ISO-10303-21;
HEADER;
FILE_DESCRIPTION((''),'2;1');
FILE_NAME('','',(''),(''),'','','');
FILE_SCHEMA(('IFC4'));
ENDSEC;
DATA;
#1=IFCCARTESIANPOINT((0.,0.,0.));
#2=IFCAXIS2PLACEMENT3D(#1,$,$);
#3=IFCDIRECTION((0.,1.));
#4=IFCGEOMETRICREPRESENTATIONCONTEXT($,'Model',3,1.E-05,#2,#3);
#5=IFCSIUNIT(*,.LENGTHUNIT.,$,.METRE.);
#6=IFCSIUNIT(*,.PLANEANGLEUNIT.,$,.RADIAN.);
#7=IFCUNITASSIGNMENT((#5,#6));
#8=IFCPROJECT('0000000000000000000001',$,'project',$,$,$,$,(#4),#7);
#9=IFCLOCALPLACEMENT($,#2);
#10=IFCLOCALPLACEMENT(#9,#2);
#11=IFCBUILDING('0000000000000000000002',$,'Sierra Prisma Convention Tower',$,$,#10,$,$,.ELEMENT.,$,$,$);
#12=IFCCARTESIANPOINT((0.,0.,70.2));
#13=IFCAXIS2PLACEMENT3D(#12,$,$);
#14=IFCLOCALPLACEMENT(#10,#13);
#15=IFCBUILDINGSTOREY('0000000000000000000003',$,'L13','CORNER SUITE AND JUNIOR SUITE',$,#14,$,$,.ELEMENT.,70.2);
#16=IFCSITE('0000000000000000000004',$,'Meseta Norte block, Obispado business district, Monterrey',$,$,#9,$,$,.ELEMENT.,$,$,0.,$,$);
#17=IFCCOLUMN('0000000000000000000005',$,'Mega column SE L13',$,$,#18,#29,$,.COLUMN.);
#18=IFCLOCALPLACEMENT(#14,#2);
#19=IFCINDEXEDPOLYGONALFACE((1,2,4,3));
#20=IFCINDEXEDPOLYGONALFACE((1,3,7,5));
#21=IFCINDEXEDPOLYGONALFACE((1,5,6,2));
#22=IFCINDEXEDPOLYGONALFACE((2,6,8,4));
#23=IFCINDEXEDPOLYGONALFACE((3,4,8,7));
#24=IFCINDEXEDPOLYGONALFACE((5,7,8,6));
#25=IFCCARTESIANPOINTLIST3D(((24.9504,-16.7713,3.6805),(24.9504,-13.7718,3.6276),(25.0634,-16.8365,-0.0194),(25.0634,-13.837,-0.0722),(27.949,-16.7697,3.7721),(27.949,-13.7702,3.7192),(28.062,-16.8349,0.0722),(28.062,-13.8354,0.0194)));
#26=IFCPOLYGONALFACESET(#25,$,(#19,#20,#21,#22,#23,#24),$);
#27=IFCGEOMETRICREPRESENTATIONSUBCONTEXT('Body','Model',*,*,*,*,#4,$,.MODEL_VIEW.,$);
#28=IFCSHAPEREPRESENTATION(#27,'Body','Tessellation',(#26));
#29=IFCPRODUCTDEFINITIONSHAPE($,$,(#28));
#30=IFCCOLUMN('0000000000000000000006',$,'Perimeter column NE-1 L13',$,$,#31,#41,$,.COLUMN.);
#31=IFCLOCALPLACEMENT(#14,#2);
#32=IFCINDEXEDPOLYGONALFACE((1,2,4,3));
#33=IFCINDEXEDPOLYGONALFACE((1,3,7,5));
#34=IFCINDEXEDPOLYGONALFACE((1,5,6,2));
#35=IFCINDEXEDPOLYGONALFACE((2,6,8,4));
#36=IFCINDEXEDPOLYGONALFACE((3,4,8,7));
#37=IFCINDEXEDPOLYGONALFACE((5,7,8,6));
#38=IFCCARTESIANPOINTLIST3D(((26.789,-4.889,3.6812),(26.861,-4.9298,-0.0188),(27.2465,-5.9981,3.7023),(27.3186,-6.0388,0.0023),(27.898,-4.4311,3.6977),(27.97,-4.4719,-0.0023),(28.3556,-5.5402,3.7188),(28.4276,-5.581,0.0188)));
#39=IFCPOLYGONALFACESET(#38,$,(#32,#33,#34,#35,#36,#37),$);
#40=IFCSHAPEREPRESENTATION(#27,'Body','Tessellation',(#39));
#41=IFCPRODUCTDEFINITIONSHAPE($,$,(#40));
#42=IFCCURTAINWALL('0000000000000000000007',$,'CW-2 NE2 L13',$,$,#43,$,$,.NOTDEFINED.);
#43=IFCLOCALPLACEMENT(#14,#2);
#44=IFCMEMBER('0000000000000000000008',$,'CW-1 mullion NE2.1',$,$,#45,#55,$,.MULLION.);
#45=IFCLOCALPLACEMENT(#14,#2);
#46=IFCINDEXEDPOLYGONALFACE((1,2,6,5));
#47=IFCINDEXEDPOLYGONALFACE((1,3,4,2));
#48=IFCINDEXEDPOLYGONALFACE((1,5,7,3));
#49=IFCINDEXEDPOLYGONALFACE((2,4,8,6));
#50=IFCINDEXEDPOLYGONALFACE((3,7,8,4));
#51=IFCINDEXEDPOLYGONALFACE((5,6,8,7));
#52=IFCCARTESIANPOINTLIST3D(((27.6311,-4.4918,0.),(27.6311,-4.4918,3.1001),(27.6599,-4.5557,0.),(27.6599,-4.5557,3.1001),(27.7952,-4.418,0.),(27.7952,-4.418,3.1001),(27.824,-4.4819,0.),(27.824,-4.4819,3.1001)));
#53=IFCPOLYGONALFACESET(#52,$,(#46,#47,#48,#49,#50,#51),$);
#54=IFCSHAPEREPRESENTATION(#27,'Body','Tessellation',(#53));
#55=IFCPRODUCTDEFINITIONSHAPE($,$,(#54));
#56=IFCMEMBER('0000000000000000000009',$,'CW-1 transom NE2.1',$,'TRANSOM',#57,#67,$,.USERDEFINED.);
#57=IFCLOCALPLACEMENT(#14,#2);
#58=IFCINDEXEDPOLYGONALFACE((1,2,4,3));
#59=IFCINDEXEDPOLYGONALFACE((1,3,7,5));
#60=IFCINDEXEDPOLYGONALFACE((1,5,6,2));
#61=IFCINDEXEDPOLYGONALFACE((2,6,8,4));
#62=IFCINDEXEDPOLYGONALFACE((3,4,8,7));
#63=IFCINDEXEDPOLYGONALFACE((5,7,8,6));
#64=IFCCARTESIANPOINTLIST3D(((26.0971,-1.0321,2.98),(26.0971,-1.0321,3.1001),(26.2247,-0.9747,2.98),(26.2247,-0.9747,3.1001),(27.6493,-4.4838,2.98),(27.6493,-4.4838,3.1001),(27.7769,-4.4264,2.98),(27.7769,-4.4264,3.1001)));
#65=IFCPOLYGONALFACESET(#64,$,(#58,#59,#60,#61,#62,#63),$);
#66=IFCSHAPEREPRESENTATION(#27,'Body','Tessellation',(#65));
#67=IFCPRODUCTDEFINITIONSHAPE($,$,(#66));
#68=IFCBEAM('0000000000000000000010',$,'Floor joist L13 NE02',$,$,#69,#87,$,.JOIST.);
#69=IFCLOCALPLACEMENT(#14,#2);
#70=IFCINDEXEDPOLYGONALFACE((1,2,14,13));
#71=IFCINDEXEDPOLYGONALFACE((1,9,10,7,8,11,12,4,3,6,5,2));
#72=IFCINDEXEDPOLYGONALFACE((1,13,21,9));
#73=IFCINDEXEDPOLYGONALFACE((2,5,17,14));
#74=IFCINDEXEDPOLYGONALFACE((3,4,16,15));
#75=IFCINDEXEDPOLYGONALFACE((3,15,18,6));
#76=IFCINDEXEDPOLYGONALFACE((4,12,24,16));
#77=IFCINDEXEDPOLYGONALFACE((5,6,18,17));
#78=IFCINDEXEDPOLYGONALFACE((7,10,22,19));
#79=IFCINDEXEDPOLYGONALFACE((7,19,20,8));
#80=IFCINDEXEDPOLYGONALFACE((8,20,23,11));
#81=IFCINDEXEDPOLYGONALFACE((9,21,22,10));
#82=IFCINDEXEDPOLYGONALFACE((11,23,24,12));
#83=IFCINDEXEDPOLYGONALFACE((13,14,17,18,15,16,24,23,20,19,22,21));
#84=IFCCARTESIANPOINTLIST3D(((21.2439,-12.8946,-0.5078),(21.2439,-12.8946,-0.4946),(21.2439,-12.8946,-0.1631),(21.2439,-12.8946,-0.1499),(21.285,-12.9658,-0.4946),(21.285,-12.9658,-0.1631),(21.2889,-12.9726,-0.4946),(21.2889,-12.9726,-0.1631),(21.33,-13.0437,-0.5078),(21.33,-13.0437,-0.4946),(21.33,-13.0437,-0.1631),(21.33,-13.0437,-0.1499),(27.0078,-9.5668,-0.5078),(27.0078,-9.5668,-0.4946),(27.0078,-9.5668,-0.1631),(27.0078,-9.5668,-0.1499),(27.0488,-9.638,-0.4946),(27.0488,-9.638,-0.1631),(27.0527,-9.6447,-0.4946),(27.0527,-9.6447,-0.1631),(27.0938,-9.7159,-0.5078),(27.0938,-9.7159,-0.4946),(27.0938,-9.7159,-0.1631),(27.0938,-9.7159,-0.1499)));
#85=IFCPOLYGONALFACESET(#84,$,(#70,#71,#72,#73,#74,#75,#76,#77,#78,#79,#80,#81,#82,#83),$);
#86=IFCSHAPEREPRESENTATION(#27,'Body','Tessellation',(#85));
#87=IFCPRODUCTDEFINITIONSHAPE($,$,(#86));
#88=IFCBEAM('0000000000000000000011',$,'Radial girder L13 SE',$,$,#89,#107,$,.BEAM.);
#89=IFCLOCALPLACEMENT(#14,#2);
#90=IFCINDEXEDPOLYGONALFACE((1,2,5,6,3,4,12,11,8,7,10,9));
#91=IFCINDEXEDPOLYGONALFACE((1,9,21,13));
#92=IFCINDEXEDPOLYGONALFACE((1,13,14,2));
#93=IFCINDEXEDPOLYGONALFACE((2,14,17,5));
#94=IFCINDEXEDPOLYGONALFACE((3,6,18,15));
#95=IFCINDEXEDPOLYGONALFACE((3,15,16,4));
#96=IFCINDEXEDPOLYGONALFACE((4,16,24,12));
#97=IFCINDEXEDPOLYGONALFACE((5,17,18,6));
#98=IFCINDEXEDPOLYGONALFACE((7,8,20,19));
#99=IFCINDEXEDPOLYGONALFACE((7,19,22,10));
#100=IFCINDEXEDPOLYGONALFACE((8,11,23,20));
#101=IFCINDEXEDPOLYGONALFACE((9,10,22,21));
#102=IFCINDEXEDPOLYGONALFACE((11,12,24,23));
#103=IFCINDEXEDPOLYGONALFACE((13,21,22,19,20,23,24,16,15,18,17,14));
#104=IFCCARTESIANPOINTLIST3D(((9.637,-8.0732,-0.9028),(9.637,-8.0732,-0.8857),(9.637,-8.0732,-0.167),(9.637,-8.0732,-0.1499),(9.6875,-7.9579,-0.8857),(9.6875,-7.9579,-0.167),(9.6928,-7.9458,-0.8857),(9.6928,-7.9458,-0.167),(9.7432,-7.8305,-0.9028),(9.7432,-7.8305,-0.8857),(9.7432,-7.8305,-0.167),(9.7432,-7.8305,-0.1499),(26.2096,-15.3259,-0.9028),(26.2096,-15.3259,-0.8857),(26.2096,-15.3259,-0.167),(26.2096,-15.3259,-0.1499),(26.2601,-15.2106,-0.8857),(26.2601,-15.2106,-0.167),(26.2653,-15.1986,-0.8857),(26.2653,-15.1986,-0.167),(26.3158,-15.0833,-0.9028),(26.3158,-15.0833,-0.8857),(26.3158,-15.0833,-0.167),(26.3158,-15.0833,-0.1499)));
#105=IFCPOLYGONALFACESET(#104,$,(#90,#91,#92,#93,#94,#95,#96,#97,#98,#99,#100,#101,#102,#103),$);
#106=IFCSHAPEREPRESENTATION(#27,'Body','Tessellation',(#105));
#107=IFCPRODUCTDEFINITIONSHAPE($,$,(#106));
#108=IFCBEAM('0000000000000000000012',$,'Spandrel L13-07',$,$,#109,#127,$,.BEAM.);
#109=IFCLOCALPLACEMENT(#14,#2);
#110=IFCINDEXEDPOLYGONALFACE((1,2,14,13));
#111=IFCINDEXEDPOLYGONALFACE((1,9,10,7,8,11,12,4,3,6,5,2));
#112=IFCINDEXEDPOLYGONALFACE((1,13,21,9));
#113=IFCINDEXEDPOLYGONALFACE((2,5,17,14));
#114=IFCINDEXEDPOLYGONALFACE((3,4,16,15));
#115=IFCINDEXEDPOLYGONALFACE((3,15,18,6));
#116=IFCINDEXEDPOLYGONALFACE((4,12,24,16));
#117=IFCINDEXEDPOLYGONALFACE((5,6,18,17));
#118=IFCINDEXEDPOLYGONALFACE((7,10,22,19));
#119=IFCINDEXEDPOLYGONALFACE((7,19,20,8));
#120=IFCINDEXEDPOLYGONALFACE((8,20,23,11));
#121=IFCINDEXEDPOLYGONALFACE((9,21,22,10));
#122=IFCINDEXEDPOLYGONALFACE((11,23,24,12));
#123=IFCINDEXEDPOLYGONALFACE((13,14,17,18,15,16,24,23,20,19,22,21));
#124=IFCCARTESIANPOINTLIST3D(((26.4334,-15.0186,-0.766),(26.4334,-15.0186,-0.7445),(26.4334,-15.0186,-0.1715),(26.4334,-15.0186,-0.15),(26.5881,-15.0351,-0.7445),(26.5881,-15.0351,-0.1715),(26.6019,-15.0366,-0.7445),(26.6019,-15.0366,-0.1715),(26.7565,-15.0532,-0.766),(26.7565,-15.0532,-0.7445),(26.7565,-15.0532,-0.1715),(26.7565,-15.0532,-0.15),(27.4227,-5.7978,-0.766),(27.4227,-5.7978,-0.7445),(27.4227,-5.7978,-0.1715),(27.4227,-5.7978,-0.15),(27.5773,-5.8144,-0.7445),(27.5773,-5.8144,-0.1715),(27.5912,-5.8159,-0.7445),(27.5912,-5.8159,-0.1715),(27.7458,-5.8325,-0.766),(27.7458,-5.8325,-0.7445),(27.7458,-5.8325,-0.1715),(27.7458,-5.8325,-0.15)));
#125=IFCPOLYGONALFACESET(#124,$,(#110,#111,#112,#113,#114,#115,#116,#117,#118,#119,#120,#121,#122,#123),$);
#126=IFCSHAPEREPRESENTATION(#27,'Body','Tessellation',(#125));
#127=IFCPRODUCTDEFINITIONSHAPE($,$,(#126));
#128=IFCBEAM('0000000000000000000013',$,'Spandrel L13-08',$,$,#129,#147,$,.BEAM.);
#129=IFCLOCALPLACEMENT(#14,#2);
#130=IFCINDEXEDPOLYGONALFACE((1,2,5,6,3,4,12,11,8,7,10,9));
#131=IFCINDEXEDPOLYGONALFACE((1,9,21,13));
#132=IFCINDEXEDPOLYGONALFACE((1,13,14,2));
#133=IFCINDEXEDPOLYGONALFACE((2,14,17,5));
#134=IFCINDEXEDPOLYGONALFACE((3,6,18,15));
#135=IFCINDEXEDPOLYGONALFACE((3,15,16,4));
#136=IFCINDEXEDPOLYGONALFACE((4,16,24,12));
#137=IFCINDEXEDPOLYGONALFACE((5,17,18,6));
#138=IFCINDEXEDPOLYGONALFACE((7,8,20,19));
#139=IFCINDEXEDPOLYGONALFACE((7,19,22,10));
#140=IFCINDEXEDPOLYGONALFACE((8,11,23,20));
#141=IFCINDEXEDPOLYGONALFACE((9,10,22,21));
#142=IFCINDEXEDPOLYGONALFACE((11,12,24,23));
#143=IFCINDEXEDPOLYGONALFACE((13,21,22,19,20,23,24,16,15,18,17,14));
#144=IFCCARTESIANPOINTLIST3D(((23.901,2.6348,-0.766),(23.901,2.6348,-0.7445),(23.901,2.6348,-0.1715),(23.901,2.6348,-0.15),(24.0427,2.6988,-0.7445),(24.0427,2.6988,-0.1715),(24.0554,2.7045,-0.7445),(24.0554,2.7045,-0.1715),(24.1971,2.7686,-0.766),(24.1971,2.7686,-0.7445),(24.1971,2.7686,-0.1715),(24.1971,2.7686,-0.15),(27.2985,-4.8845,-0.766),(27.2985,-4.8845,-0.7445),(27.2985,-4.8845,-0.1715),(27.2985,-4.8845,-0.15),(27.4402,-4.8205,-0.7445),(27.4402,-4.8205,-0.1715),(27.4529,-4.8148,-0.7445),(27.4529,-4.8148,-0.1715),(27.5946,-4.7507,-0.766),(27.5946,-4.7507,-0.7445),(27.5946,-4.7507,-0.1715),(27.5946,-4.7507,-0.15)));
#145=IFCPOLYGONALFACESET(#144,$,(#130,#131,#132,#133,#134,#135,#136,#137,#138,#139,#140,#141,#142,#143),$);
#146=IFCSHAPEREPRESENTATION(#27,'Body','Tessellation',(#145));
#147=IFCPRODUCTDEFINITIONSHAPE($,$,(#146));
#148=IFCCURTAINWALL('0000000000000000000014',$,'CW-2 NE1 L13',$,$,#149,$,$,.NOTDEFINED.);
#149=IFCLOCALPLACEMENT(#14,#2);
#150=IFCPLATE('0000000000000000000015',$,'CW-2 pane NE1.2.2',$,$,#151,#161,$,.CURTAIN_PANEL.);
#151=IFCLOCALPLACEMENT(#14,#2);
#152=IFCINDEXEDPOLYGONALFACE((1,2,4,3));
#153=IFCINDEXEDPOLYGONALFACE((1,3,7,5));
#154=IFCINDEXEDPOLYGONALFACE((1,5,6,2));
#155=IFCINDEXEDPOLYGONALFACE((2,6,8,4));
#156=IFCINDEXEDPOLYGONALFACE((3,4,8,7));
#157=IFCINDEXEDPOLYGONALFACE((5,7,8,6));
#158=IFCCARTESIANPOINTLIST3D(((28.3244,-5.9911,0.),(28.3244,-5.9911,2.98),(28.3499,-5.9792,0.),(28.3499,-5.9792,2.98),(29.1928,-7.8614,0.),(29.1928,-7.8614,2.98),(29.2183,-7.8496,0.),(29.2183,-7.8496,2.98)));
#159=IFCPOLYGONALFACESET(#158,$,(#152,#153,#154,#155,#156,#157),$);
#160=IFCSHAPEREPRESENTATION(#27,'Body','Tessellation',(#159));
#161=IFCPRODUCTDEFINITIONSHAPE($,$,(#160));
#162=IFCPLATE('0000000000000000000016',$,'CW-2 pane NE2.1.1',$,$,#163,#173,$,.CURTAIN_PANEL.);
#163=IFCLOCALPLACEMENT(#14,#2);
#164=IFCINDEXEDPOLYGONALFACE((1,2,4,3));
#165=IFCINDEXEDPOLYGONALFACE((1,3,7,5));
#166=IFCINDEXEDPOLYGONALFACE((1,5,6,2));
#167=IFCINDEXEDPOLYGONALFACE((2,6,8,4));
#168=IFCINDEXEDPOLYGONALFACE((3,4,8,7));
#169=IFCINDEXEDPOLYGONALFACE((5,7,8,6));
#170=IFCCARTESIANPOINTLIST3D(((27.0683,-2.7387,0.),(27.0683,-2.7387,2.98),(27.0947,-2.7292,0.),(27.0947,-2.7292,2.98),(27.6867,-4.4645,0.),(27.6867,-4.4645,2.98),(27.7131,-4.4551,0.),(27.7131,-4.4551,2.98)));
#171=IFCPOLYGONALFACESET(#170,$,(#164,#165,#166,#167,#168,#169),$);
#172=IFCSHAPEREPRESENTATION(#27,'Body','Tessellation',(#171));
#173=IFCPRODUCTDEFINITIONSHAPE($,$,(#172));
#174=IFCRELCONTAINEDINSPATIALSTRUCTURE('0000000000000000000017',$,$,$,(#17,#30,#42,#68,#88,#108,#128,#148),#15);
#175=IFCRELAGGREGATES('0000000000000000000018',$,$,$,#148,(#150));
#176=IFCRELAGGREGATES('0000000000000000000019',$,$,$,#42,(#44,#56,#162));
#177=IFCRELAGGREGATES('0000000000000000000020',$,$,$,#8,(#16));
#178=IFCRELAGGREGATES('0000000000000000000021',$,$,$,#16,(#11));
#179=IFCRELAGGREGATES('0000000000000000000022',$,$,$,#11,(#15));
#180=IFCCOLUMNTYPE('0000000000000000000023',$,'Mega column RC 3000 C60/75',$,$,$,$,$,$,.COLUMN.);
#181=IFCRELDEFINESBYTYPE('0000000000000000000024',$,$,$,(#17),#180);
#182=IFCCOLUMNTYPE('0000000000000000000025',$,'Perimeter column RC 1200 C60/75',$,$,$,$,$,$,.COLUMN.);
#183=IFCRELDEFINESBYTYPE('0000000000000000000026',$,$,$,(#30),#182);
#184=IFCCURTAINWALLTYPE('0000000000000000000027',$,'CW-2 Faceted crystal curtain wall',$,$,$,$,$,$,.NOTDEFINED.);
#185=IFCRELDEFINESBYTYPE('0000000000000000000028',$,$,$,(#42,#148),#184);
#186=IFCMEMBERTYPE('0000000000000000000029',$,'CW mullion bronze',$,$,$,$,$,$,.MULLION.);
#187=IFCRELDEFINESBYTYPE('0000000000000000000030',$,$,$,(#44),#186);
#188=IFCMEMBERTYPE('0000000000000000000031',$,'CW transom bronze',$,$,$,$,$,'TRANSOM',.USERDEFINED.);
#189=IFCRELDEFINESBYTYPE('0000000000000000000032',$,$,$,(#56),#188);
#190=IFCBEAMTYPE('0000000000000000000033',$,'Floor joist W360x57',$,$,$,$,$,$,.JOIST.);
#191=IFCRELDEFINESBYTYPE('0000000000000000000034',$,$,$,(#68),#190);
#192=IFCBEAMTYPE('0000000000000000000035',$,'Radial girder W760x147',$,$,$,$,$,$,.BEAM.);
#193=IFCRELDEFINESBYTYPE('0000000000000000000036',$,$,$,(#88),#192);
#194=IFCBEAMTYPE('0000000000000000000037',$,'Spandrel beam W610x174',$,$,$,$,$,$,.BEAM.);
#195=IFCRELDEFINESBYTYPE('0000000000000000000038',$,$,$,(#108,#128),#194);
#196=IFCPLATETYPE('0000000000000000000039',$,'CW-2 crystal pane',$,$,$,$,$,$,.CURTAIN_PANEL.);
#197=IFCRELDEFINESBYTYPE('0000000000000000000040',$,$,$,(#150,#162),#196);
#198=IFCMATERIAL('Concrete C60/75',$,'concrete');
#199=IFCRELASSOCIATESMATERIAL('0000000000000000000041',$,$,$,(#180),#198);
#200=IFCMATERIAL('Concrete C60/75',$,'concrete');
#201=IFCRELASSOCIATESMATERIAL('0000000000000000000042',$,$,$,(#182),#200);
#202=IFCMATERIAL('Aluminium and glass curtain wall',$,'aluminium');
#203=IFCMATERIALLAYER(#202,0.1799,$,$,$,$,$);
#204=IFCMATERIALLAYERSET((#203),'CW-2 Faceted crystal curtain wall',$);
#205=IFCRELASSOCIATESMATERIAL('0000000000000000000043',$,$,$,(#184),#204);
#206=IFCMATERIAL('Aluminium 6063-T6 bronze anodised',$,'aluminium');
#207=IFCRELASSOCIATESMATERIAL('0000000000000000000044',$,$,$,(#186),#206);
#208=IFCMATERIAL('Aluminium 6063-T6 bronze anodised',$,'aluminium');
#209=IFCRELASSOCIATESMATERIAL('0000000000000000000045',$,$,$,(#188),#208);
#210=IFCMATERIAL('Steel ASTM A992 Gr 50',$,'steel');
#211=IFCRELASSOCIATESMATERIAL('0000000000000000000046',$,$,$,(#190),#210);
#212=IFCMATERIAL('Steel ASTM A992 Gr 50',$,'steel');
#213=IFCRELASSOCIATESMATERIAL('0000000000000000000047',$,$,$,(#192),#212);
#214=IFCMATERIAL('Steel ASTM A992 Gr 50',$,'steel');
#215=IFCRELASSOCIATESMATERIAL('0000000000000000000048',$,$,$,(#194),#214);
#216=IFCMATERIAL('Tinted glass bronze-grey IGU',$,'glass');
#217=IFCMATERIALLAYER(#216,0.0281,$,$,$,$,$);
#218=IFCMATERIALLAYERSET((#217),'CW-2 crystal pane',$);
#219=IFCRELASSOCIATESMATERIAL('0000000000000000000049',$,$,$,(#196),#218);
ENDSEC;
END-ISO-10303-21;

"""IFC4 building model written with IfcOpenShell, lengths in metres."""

from ifc_helpers import new_model, si_unit, direction, frame, origin, origin_2d, place, context, subcontext, project, spatial, polyline, rectangle, i_section, outline, extrude, material, layer, layer_set, material_profile, profile_set, type_object, element, aggregate, save


model = new_model("IFC4")

# Units and contexts
model_context = context("Model", 3, precision=1e-05, world=origin(), true_north=direction((0.0, 1.0)))
body_context = subcontext(model_context, "Body", "Model", "MODEL_VIEW")
ifc_project = project(units=[si_unit("LENGTHUNIT", "METRE"), si_unit("PLANEANGLEUNIT", "RADIAN")], contexts=[model_context])

# Site, building, storey
site_placement = place(None, origin())
site = spatial("IfcSite", under=ifc_project, at=site_placement, Name="Meseta Norte block, Obispado business district, Monterrey", CompositionType="ELEMENT", RefElevation=0.0)
building_placement = place(site_placement, origin())
building = spatial("IfcBuilding", under=site, at=building_placement, Name="Sierra Prisma Convention Tower", CompositionType="ELEMENT")
storey_placement = place(building_placement, frame((0.0, 0.0, 70.2)))
storey = spatial("IfcBuildingStorey", under=building, at=storey_placement, Name="L13", Description="CORNER SUITE AND JUNIOR SUITE", CompositionType="ELEMENT", Elevation=70.2)

# Columns
ifc_material_1 = material(Name="Concrete C60/75", Category="concrete")
ifc_material_profile_1 = material_profile(ifc_material_1, rectangle(XDim=3.0, YDim=3.0, at=origin_2d()), Name="Mega column RC 3000 C60/75")
ifc_profile_set_1 = profile_set([ifc_material_profile_1], Name="Concrete C60/75")
column_type_1 = type_object("IfcColumnType", Name="Mega column RC 3000 C60/75", PredefinedType="COLUMN", material=ifc_profile_set_1)
column_1_placement = place(storey_placement, frame((26.5627, -15.3359, 0.0), z_axis=(-0.030532, 0.017607, 0.999379), x_axis=(0.999534, 0.000538, 0.030527)))
element("IfcColumn", 1, at=column_1_placement, inside=storey, type_object=column_type_1, Name="Mega column SE L13", PredefinedType="COLUMN", context=body_context, shape_type="SweptSolid", body=[
    extrude(rectangle(XDim=3.0, YDim=3.0, at=origin_2d()), origin(), (0.0, 0.0, 1.0), 3.7021),
])
ifc_material_2 = material(Name="Concrete C60/75", Category="concrete")
ifc_material_profile_2 = material_profile(ifc_material_2, rectangle(XDim=1.2, YDim=1.2, at=origin_2d()), Name="Perimeter column RC 1200 C60/75")
ifc_profile_set_2 = profile_set([ifc_material_profile_2], Name="Concrete C60/75")
column_type_2 = type_object("IfcColumnType", Name="Perimeter column RC 1200 C60/75", PredefinedType="COLUMN", material=ifc_profile_set_2)
column_2_placement = place(storey_placement, frame((27.6443, -5.2554, 0.0), z_axis=(-0.019461, 0.011017, 0.99975), x_axis=(-0.381334, 0.92427, -0.017608)))
element("IfcColumn", 2, at=column_2_placement, inside=storey, type_object=column_type_2, Name="Perimeter column NE-1 L13", PredefinedType="COLUMN", context=body_context, shape_type="SweptSolid", body=[
    extrude(rectangle(XDim=1.2, YDim=1.2, at=origin_2d()), origin(), (0.0, 0.0, 1.0), 3.7009),
])

# Curtain wall, members
ifc_material_3 = material(Name="Aluminium and glass curtain wall", Category="aluminium")
ifc_layer_1 = layer(ifc_material_3, 0.1799)
ifc_layer_set_1 = layer_set([ifc_layer_1], Name="CW-2 Faceted crystal curtain wall")
curtain_wall_type = type_object("IfcCurtainWallType", Name="CW-2 Faceted crystal curtain wall", PredefinedType="NOTDEFINED", material=ifc_layer_set_1)
curtain_wall_1_placement = place(storey_placement, origin())
curtain_wall_1 = element("IfcCurtainWall", 3, at=curtain_wall_1_placement, inside=storey, type_object=curtain_wall_type, Name="CW-2 NE2 L13", PredefinedType="NOTDEFINED")
ifc_material_4 = material(Name="Aluminium 6063-T6 bronze anodised", Category="aluminium")
ifc_material_profile_3 = material_profile(ifc_material_4, rectangle(XDim=0.1799, YDim=0.0701, at=origin_2d()), Name="ALU MULLION 70x180")
ifc_profile_set_3 = profile_set([ifc_material_profile_3], Name="Aluminium 6063-T6 bronze anodised")
member_type_1 = type_object("IfcMemberType", Name="CW mullion bronze", PredefinedType="MULLION", material=ifc_profile_set_3)
member_1_placement = place(storey_placement, frame((27.7275, -4.4868, 0.0), z_axis=(0.0, 0.0, 1.0), x_axis=(-0.912003, -0.410184, 0.0)))
member_1 = element("IfcMember", 4, at=member_1_placement, type_object=member_type_1, Name="CW-1 mullion NE2.1", PredefinedType="MULLION", context=body_context, shape_type="SweptSolid", body=[
    extrude(rectangle(XDim=0.1799, YDim=0.0701, at=origin_2d()), origin(), (0.0, 0.0, 1.0), 3.1001),
])
ifc_material_5 = material(Name="Aluminium 6063-T6 bronze anodised", Category="aluminium")
ifc_material_profile_4 = material_profile(ifc_material_5, rectangle(XDim=0.1399, YDim=0.1201, at=origin_2d()), Name="ALU TRANSOM 120x140")
ifc_profile_set_4 = profile_set([ifc_material_profile_4], Name="Aluminium 6063-T6 bronze anodised")
member_type_2 = type_object("IfcMemberType", Name="CW transom bronze", ElementType="TRANSOM", PredefinedType="USERDEFINED", material=ifc_profile_set_4)
member_2_placement = place(storey_placement, frame((27.7131, -4.4551, 3.04), z_axis=(-0.410145, 0.91202, 0.0), x_axis=(-0.91202, -0.410145, 0.0)))
member_2 = element("IfcMember", 5, at=member_2_placement, type_object=member_type_2, Name="CW-1 transom NE2.1", ObjectType="TRANSOM", PredefinedType="USERDEFINED", context=body_context, shape_type="SweptSolid", body=[
    extrude(rectangle(XDim=0.1399, YDim=0.1201, at=origin_2d()), origin(), (0.0, 0.0, 1.0), 3.7847),
])

# Beams
ifc_material_6 = material(Name="Steel ASTM A992 Gr 50", Category="steel")
ifc_material_profile_5 = material_profile(ifc_material_6, i_section(OverallWidth=0.1721, OverallDepth=0.3579, WebThickness=0.0078, FlangeThickness=0.0132, at=origin_2d()), Name="W360x57")
ifc_profile_set_5 = profile_set([ifc_material_profile_5], Name="Steel ASTM A992 Gr 50")
beam_type_1 = type_object("IfcBeamType", Name="Floor joist W360x57", PredefinedType="JOIST", material=ifc_profile_set_5)
beam_1_placement = place(storey_placement, frame((27.0508, -9.6414, -0.3289), z_axis=(-0.86602, -0.500009, 0.0), x_axis=(0.500009, -0.86602, 0.0)))
element("IfcBeam", 6, at=beam_1_placement, inside=storey, type_object=beam_type_1, Name="Floor joist L13 NE02", PredefinedType="JOIST", context=body_context, shape_type="SweptSolid", body=[
    extrude(i_section(OverallWidth=0.1721, OverallDepth=0.3579, WebThickness=0.0078, FlangeThickness=0.0132, at=origin_2d()), origin(), (0.0, 0.0, 1.0), 6.6555),
])
ifc_material_7 = material(Name="Steel ASTM A992 Gr 50", Category="steel")
ifc_material_profile_6 = material_profile(ifc_material_7, i_section(OverallWidth=0.2649, OverallDepth=0.7529, WebThickness=0.0132, FlangeThickness=0.0171, at=origin_2d()), Name="W760x147")
ifc_profile_set_6 = profile_set([ifc_material_profile_6], Name="Steel ASTM A992 Gr 50")
beam_type_2 = type_object("IfcBeamType", Name="Radial girder W760x147", PredefinedType="BEAM", material=ifc_profile_set_6)
beam_2_placement = place(storey_placement, frame((26.2627, -15.2046, -0.5264), z_axis=(-0.916112, 0.400921, 0.0), x_axis=(-0.400921, -0.916112, 0.0)))
element("IfcBeam", 7, at=beam_2_placement, inside=storey, type_object=beam_type_2, Name="Radial girder L13 SE", PredefinedType="BEAM", context=body_context, shape_type="SweptSolid", body=[
    extrude(i_section(OverallWidth=0.2649, OverallDepth=0.7529, WebThickness=0.0132, FlangeThickness=0.0171, at=origin_2d()), origin(), (0.0, 0.0, 1.0), 18.0901),
])
ifc_material_8 = material(Name="Steel ASTM A992 Gr 50", Category="steel")
ifc_material_profile_7 = material_profile(ifc_material_8, i_section(OverallWidth=0.325, OverallDepth=0.616, WebThickness=0.0139, FlangeThickness=0.0215, at=origin_2d()), Name="W610x174")
ifc_profile_set_7 = profile_set([ifc_material_profile_7], Name="Steel ASTM A992 Gr 50")
beam_type_3 = type_object("IfcBeamType", Name="Spandrel beam W610x174", PredefinedType="BEAM", material=ifc_profile_set_7)
beam_3_placement = place(storey_placement, frame((26.595, -15.0359, -0.458), z_axis=(0.106674, 0.994294, 0.0), x_axis=(-0.994294, 0.106674, 0.0)))
element("IfcBeam", 8, at=beam_3_placement, inside=storey, type_object=beam_type_3, Name="Spandrel L13-07", PredefinedType="BEAM", context=body_context, shape_type="SweptSolid", body=[
    extrude(i_section(OverallWidth=0.325, OverallDepth=0.616, WebThickness=0.0139, FlangeThickness=0.0215, at=origin_2d()), origin(), (0.0, 0.0, 1.0), 9.2737),
])
beam_4_placement = place(storey_placement, frame((27.4465, -4.8176, -0.458), z_axis=(-0.411753, 0.911295, 0.0), x_axis=(-0.911295, -0.411753, 0.0)))
element("IfcBeam", 9, at=beam_4_placement, inside=storey, type_object=beam_type_3, Name="Spandrel L13-08", PredefinedType="BEAM", context=body_context, shape_type="SweptSolid", body=[
    extrude(i_section(OverallWidth=0.325, OverallDepth=0.616, WebThickness=0.0139, FlangeThickness=0.0215, at=origin_2d()), origin(), (0.0, 0.0, 1.0), 8.2512),
])

# Curtain wall, plate
curtain_wall_2_placement = place(storey_placement, origin())
curtain_wall_2 = element("IfcCurtainWall", 10, at=curtain_wall_2_placement, inside=storey, type_object=curtain_wall_type, Name="CW-2 NE1 L13", PredefinedType="NOTDEFINED")
ifc_material_9 = material(Name="Tinted glass bronze-grey IGU", Category="glass")
ifc_layer_2 = layer(ifc_material_9, 0.0281)
ifc_layer_set_2 = layer_set([ifc_layer_2], Name="CW-2 crystal pane")
plate_type = type_object("IfcPlateType", Name="CW-2 crystal pane", PredefinedType="CURTAIN_PANEL", material=ifc_layer_set_2)
plate_1_placement = place(storey_placement, frame((28.3499, -5.9792, 0.0), z_axis=(0.907004, 0.421122, 0.0), x_axis=(0.421122, -0.907004, 0.0)))
plate_1 = element("IfcPlate", 11, at=plate_1_placement, type_object=plate_type, Name="CW-2 pane NE1.2.2", PredefinedType="CURTAIN_PANEL", context=body_context, shape_type="SweptSolid", body=[
    extrude(outline(polyline([(0.0, 0.0), (2.0621, 0.0), (2.0621, -2.98), (0.0, -2.98), (0.0, 0.0)])), origin(), (0.0, 0.0, -1.0), 0.0281),
])
aggregate(curtain_wall_2, [plate_1])

# Plate
plate_2_placement = place(storey_placement, frame((27.7131, -4.4551, 0.0), z_axis=(0.941389, 0.337323, 0.0), x_axis=(-0.337323, 0.941389, 0.0)))
plate_2 = element("IfcPlate", 12, at=plate_2_placement, type_object=plate_type, Name="CW-2 pane NE2.1.1", PredefinedType="CURTAIN_PANEL", context=body_context, shape_type="SweptSolid", body=[
    extrude(outline(polyline([(0.0, 0.0), (1.8333, 0.0), (1.8333, 2.98), (0.0, 2.98), (0.0, 0.0)])), origin(), (0.0, 0.0, -1.0), 0.0281),
])
aggregate(curtain_wall_1, [member_1, member_2, plate_2])

save(model, "model.ifc")
